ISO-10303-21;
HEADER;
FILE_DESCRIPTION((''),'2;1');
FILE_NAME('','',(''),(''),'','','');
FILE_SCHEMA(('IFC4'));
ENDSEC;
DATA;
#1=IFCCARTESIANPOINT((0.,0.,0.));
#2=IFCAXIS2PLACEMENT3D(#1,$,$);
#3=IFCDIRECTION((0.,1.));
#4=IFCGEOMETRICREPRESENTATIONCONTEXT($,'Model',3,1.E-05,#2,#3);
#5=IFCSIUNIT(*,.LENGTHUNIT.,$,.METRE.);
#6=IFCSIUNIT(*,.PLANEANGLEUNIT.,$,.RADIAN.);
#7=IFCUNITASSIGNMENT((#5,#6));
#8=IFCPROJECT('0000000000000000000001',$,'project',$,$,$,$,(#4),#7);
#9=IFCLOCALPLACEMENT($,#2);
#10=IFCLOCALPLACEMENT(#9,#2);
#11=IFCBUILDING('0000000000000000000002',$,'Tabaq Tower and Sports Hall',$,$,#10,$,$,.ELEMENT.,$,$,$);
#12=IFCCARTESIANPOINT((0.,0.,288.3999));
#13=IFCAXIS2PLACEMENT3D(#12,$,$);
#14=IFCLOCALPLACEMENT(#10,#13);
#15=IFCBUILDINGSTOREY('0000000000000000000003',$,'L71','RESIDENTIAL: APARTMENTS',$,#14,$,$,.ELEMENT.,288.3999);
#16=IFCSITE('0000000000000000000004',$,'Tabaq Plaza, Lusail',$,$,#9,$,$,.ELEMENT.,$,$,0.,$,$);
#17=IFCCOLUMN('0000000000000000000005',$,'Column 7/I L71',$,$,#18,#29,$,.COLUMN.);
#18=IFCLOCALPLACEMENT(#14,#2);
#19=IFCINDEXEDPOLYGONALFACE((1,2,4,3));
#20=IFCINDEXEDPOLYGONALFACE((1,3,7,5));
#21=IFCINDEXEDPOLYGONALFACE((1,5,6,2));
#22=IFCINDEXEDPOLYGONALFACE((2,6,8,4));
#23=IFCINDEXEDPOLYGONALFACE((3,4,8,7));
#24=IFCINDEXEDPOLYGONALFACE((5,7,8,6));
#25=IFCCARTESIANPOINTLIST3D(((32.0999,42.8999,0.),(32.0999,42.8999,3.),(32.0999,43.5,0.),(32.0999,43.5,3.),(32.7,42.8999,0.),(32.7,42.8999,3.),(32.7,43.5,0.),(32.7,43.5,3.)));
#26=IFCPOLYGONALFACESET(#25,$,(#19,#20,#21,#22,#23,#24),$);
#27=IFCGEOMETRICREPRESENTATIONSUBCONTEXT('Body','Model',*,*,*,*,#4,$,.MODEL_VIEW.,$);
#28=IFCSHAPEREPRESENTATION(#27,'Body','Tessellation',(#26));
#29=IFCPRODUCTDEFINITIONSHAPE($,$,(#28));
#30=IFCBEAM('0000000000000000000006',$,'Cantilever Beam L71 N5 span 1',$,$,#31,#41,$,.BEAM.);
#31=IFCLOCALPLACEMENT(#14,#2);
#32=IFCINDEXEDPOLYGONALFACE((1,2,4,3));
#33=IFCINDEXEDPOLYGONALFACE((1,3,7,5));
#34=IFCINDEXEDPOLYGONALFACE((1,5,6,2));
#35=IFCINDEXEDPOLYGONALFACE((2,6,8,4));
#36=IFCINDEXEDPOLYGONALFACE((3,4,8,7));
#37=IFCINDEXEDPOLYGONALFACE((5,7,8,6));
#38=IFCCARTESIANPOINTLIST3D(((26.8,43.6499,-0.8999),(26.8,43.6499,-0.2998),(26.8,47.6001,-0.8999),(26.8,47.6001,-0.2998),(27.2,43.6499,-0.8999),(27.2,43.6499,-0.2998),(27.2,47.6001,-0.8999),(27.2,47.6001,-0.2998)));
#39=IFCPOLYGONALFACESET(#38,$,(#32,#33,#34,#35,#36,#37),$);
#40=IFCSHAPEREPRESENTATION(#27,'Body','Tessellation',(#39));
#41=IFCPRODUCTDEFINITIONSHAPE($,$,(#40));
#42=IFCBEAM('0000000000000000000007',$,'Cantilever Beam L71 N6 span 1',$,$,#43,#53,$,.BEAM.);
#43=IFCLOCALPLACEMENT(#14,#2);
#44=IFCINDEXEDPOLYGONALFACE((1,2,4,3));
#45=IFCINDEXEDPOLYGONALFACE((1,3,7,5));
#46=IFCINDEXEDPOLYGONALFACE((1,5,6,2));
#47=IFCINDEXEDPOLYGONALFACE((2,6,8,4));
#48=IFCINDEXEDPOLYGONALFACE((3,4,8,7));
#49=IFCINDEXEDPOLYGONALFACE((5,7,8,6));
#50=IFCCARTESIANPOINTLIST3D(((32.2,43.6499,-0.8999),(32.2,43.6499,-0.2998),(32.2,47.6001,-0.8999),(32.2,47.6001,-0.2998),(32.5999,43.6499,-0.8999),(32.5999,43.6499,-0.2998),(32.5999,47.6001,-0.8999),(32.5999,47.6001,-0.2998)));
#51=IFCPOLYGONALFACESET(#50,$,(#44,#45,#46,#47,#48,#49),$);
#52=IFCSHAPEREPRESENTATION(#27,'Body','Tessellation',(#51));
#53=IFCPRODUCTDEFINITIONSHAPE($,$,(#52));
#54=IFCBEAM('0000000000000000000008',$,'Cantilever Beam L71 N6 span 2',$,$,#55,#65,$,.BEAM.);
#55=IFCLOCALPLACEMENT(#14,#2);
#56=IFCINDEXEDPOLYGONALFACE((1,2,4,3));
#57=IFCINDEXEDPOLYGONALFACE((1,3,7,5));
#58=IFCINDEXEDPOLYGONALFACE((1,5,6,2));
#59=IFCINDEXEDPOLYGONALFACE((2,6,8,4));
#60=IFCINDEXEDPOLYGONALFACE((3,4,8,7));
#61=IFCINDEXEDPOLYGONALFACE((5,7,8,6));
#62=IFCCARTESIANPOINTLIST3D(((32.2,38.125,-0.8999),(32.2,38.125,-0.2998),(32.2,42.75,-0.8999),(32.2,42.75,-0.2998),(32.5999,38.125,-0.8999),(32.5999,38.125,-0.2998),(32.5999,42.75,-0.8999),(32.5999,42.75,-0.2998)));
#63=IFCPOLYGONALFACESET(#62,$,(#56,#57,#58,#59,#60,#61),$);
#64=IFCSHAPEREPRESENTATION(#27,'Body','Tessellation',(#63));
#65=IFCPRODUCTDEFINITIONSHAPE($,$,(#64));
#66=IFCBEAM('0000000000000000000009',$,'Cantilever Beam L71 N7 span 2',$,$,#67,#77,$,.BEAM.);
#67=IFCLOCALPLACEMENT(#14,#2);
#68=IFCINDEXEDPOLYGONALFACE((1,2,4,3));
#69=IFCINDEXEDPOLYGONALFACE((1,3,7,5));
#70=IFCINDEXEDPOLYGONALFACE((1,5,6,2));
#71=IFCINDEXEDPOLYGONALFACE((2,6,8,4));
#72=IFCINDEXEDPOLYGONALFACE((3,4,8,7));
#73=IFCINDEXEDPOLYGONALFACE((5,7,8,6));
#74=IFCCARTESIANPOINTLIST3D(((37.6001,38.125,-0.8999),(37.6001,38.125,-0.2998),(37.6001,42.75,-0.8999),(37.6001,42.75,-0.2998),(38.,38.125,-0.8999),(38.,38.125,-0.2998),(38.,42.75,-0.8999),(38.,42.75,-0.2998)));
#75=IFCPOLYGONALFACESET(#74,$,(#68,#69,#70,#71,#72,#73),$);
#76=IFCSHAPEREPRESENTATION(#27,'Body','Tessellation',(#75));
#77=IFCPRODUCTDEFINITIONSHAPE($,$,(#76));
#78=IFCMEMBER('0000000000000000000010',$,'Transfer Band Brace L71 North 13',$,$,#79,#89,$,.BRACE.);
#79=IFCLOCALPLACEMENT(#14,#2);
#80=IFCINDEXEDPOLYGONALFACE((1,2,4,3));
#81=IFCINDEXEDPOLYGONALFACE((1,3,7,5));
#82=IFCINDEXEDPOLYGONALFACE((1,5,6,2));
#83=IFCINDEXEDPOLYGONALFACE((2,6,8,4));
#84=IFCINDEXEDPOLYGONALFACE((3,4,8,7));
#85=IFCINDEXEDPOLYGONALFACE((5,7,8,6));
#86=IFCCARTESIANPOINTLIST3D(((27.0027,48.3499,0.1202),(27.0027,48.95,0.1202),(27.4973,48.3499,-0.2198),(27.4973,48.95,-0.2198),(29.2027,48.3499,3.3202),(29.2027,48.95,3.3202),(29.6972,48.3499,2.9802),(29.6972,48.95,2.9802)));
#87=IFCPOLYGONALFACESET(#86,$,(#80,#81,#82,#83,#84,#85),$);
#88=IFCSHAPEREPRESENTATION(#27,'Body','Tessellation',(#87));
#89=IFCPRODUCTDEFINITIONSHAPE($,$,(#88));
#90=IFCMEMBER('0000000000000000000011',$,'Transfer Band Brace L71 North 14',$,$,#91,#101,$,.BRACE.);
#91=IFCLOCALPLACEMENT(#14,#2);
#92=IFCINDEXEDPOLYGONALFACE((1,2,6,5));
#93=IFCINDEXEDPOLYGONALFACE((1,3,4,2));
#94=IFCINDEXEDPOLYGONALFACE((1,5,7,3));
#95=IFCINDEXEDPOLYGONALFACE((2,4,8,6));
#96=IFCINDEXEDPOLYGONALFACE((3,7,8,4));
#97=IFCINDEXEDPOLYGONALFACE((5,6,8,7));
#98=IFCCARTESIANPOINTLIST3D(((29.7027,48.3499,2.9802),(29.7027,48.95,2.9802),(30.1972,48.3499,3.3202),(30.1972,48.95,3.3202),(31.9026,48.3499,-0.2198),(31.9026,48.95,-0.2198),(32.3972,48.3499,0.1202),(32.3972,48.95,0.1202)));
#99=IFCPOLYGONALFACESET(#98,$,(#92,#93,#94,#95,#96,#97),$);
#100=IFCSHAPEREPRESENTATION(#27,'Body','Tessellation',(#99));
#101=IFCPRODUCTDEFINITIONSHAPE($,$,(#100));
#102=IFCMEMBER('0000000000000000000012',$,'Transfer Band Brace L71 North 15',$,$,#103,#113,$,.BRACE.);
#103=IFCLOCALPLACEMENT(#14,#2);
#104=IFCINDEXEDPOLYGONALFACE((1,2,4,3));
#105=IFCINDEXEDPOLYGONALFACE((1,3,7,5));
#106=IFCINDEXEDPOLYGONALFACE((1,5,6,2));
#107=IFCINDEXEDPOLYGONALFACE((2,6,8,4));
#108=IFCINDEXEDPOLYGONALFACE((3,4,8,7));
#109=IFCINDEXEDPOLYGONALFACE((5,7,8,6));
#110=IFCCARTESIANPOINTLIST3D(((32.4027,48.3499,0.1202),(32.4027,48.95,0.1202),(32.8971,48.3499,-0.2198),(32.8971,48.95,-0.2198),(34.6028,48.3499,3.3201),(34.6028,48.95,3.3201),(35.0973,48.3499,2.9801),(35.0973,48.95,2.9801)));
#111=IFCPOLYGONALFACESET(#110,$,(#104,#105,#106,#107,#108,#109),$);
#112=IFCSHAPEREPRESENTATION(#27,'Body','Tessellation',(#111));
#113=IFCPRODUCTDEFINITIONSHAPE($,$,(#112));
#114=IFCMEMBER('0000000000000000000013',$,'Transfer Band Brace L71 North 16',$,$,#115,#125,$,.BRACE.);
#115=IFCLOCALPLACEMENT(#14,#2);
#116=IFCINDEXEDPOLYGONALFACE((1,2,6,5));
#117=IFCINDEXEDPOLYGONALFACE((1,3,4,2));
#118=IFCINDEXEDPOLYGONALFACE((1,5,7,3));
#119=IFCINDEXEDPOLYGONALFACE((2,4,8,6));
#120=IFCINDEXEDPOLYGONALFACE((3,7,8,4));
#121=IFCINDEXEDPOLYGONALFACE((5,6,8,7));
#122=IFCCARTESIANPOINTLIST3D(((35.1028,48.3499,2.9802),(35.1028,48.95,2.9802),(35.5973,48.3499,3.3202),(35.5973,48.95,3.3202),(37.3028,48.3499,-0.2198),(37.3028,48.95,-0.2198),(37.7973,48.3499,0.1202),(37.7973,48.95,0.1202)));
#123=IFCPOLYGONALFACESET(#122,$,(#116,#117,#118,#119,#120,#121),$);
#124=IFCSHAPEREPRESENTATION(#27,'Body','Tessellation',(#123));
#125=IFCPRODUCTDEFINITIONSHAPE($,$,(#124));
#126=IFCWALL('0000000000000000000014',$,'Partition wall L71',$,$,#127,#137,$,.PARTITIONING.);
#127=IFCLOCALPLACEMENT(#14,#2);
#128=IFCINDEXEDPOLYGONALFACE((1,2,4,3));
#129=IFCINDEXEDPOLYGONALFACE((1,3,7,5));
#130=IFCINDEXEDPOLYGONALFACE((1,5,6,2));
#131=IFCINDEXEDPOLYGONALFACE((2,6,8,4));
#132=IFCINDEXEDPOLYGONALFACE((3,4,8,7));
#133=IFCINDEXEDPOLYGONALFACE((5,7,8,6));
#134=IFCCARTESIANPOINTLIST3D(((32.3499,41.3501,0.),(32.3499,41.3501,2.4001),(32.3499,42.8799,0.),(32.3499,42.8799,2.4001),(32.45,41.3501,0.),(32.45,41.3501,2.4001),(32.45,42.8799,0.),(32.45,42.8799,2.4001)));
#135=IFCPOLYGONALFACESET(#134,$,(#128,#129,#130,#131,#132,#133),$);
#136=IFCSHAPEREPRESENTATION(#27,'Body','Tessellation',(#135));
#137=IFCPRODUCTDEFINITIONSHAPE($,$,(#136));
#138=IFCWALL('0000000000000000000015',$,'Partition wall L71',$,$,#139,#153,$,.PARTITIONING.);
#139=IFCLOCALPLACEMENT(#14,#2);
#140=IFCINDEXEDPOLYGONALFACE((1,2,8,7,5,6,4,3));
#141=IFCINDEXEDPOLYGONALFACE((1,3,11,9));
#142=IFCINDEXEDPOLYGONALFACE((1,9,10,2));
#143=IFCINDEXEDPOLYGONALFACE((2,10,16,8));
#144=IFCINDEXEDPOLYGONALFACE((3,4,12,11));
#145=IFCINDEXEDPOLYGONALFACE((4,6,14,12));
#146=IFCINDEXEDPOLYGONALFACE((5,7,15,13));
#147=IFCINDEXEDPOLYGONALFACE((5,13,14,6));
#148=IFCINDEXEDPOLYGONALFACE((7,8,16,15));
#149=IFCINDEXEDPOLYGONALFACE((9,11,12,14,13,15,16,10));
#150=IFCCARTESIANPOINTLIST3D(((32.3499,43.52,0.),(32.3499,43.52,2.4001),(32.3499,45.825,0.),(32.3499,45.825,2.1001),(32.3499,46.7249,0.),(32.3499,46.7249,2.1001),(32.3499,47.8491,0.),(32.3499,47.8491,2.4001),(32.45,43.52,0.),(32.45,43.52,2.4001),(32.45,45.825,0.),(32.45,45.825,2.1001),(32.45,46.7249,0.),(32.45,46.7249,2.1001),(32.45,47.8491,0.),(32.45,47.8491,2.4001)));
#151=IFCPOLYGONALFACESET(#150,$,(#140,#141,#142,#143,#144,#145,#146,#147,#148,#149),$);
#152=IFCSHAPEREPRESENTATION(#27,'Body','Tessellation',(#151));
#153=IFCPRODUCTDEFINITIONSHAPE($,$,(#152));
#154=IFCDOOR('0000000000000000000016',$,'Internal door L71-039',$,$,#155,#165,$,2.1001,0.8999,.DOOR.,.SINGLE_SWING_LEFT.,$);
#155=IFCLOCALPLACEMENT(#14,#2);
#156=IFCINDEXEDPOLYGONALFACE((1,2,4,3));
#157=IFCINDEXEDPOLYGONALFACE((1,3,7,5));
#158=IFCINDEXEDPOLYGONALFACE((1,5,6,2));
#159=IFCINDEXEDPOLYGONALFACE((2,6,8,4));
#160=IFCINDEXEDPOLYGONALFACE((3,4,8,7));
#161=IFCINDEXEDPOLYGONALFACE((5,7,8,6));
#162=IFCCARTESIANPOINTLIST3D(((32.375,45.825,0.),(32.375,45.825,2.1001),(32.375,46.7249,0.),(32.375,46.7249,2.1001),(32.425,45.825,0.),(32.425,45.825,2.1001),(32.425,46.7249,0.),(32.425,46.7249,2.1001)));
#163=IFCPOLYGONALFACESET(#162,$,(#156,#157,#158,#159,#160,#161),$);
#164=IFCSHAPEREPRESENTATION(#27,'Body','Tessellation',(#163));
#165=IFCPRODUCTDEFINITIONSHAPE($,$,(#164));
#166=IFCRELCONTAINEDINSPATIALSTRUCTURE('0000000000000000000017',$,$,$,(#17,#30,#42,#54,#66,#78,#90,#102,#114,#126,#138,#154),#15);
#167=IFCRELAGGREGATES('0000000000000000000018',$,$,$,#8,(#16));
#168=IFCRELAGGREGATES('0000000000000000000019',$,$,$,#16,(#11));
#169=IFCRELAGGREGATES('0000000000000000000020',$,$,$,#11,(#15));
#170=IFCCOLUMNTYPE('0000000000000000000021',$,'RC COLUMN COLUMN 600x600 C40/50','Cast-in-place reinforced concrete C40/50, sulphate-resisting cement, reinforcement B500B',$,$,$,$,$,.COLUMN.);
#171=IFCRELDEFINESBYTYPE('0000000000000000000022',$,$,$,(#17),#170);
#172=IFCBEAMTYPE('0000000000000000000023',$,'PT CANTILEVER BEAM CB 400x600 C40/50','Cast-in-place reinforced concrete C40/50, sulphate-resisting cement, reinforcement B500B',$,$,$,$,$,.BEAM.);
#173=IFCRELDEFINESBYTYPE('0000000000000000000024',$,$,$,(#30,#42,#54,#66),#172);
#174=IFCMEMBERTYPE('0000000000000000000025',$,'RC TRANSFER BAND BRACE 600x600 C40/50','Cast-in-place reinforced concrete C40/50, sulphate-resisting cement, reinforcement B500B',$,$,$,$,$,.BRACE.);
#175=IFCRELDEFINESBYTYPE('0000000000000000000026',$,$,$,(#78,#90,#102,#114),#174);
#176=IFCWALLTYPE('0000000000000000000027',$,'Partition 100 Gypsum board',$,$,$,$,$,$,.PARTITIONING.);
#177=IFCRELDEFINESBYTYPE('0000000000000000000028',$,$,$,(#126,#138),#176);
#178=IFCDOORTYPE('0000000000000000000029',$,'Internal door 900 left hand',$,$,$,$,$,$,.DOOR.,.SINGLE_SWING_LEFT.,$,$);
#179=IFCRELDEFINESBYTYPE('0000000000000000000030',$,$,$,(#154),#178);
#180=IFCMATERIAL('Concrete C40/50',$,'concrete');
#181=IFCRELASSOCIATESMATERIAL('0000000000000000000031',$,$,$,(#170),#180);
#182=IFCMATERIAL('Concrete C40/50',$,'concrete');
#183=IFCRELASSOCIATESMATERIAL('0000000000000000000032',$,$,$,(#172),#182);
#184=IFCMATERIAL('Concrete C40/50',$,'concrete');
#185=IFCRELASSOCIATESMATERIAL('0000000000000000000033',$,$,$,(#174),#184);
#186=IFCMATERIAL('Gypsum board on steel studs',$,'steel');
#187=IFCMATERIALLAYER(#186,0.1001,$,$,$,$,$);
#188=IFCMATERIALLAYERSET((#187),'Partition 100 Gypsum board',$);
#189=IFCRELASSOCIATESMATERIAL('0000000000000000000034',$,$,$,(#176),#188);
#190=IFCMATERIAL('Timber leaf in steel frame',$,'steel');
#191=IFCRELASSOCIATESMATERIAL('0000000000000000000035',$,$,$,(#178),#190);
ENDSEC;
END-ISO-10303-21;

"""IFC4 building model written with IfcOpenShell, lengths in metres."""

from ifc_helpers import new_model, si_unit, direction, frame, frame_2d, origin, origin_2d, place, context, subcontext, project, spatial, rectangle, extrude, material, layer, layer_set, material_profile, profile_set, type_object, element, fill, save


model = new_model("IFC4")

# Units and contexts
model_context = context("Model", 3, precision=1e-05, world=origin(), true_north=direction((0.0, 1.0)))
body_context = subcontext(model_context, "Body", "Model", "MODEL_VIEW")
ifc_project = project(units=[si_unit("LENGTHUNIT", "METRE"), si_unit("PLANEANGLEUNIT", "RADIAN")], contexts=[model_context])

# Site, building, storey
site_placement = place(None, origin())
site = spatial("IfcSite", under=ifc_project, at=site_placement, Name="Tabaq Plaza, Lusail", CompositionType="ELEMENT", RefElevation=0.0)
building_placement = place(site_placement, origin())
building = spatial("IfcBuilding", under=site, at=building_placement, Name="Tabaq Tower and Sports Hall", CompositionType="ELEMENT")
storey_placement = place(building_placement, frame((0.0, 0.0, 288.3999)))
storey = spatial("IfcBuildingStorey", under=building, at=storey_placement, Name="L71", Description="RESIDENTIAL: APARTMENTS", CompositionType="ELEMENT", Elevation=288.3999)

# Column
ifc_material_1 = material(Name="Concrete C40/50", Category="concrete")
ifc_material_profile_1 = material_profile(ifc_material_1, rectangle(XDim=0.6001, YDim=0.6001, at=origin_2d()), Name="COLUMN 600x600")
ifc_profile_set_1 = profile_set([ifc_material_profile_1], Name="Concrete C40/50")
column_type = type_object("IfcColumnType", Name="RC COLUMN COLUMN 600x600 C40/50", Description="Cast-in-place reinforced concrete C40/50, sulphate-resisting cement, reinforcement B500B", PredefinedType="COLUMN", material=ifc_profile_set_1)
column_placement = place(storey_placement, frame((32.3999, 43.2, 0.0), z_axis=(0.0, 0.0, 1.0), x_axis=(1.0, 0.0, 0.0)))
element("IfcColumn", 1, at=column_placement, inside=storey, type_object=column_type, Name="Column 7/I L71", PredefinedType="COLUMN", context=body_context, shape_type="SweptSolid", body=[
    extrude(rectangle(XDim=0.6001, YDim=0.6001, at=origin_2d()), origin(), (0.0, 0.0, 1.0), 3.0),
])

# Beams
ifc_material_2 = material(Name="Concrete C40/50", Category="concrete")
ifc_material_profile_2 = material_profile(ifc_material_2, rectangle(XDim=0.3999, YDim=0.6001, at=origin_2d()), Name="CB 400x600")
ifc_profile_set_2 = profile_set([ifc_material_profile_2], Name="Concrete C40/50")
beam_type = type_object("IfcBeamType", Name="PT CANTILEVER BEAM CB 400x600 C40/50", Description="Cast-in-place reinforced concrete C40/50, sulphate-resisting cement, reinforcement B500B", PredefinedType="BEAM", material=ifc_profile_set_2)
for number, where, z_axis, x_axis, name in (
    (2, (27.0, 47.6001, -0.5999), (0.0, -1.0, 0.0), (1.0, 0.0, 0.0), "Cantilever Beam L71 N5 span 1"),
    (3, (32.3999, 47.6001, -0.5999), (0.0, -1.0, 0.0), (1.0, 0.0, 0.0), "Cantilever Beam L71 N6 span 1"),
):
    element("IfcBeam", number, at=place(storey_placement, frame(where, z_axis=z_axis, x_axis=x_axis)), inside=storey, type_object=beam_type, Name=name, PredefinedType="BEAM", context=body_context, shape_type="SweptSolid", body=[
        extrude(rectangle(XDim=0.3999, YDim=0.6001, at=origin_2d()), origin(), (0.0, 0.0, 1.0), 3.9502),
    ])
for number, where, z_axis, x_axis, name in (
    (4, (32.3999, 42.75, -0.5999), (0.0, -1.0, 0.0), (1.0, 0.0, 0.0), "Cantilever Beam L71 N6 span 2"),
    (5, (37.8, 42.75, -0.5999), (0.0, -1.0, 0.0), (1.0, 0.0, 0.0), "Cantilever Beam L71 N7 span 2"),
):
    element("IfcBeam", number, at=place(storey_placement, frame(where, z_axis=z_axis, x_axis=x_axis)), inside=storey, type_object=beam_type, Name=name, PredefinedType="BEAM", context=body_context, shape_type="SweptSolid", body=[
        extrude(rectangle(XDim=0.3999, YDim=0.6001, at=origin_2d()), origin(), (0.0, 0.0, 1.0), 4.625),
    ])

# Members
ifc_material_3 = material(Name="Concrete C40/50", Category="concrete")
ifc_material_profile_3 = material_profile(ifc_material_3, rectangle(XDim=0.6001, YDim=0.6001, at=origin_2d()), Name="TRANSFER BAND BRACE 600x600")
ifc_profile_set_3 = profile_set([ifc_material_profile_3], Name="Concrete C40/50")
member_type = type_object("IfcMemberType", Name="RC TRANSFER BAND BRACE 600x600 C40/50", Description="Cast-in-place reinforced concrete C40/50, sulphate-resisting cement, reinforcement B500B", PredefinedType="BRACE", material=ifc_profile_set_3)
for number, where, z_axis, x_axis, name in (
    (6, (27.25, 48.6499, -0.0498), (0.566526, 0.0, 0.824044), (0.0, 1.0, 0.0), "Transfer Band Brace L71 North 13"),
    (7, (32.1499, 48.6499, -0.0498), (-0.566526, 0.0, 0.824044), (0.0, -1.0, 0.0), "Transfer Band Brace L71 North 14"),
    (8, (32.6499, 48.6499, -0.0498), (0.566569, 0.0, 0.824014), (0.0, 1.0, 0.0), "Transfer Band Brace L71 North 15"),
    (9, (37.55, 48.6499, -0.0498), (-0.566526, 0.0, 0.824044), (0.0, -1.0, 0.0), "Transfer Band Brace L71 North 16"),
):
    element("IfcMember", number, at=place(storey_placement, frame(where, z_axis=z_axis, x_axis=x_axis)), inside=storey, type_object=member_type, Name=name, PredefinedType="BRACE", context=body_context, shape_type="SweptSolid", body=[
        extrude(rectangle(XDim=0.6001, YDim=0.6001, at=origin_2d()), origin(), (0.0, 0.0, 1.0), 3.8833),
    ])

# Wall
ifc_material_4 = material(Name="Gypsum board on steel studs", Category="steel")
ifc_layer_1 = layer(ifc_material_4, 0.1001)
ifc_layer_set_1 = layer_set([ifc_layer_1], Name="Partition 100 Gypsum board")
wall_type_1 = type_object("IfcWallType", Name="Partition 100 Gypsum board", PredefinedType="PARTITIONING", material=ifc_layer_set_1)
wall_1_placement = place(storey_placement, frame((32.3999, 41.3501, 0.0), z_axis=(0.0, 0.0, 1.0), x_axis=(0.0, 1.0, 0.0)))
element("IfcWall", 10, at=wall_1_placement, inside=storey, type_object=wall_type_1, Name="Partition wall L71", PredefinedType="PARTITIONING", context=body_context, shape_type="SweptSolid", body=[
    extrude(rectangle(XDim=1.5298, YDim=0.1001, at=frame_2d((0.7649, 0.0))), origin(), (0.0, 0.0, 1.0), 2.4001),
])

# Wall, opening, door
wall_2_placement = place(storey_placement, frame((32.3999, 43.52, 0.0), z_axis=(0.0, 0.0, 1.0), x_axis=(0.0, 1.0, 0.0)))
wall_2 = element("IfcWall", 11, at=wall_2_placement, inside=storey, type_object=wall_type_1, Name="Partition wall L71", PredefinedType="PARTITIONING", context=body_context, shape_type="SweptSolid", body=[
    extrude(rectangle(XDim=4.3291, YDim=0.1001, at=frame_2d((2.1646, 0.0))), origin(), (0.0, 0.0, 1.0), 2.4001),
])
opening_1_placement = place(wall_2_placement, frame((2.3049, 0.0, 0.0)))
opening_1 = element("IfcOpeningElement", 12, at=opening_1_placement, cuts=wall_2, PredefinedType="OPENING", context=body_context, shape_type="SweptSolid", body=[
    extrude(rectangle(XDim=0.8999, YDim=2.1001, at=frame_2d((0.45, 1.05))), frame((0.0, 0.05, 0.0), z_axis=(0.0, -1.0, 0.0), x_axis=(1.0, 0.0, 0.0)), (0.0, 0.0, 1.0), 0.1001),
])
ifc_material_5 = material(Name="Timber leaf in steel frame", Category="steel")
door_type_1 = type_object("IfcDoorType", Name="Internal door 900 left hand", OperationType="SINGLE_SWING_LEFT", PredefinedType="DOOR", material=ifc_material_5)
door_1_placement = place(opening_1_placement, origin())
door_1 = element("IfcDoor", 13, at=door_1_placement, inside=storey, type_object=door_type_1, Name="Internal door L71-039", OperationType="SINGLE_SWING_LEFT", OverallHeight=2.1001, OverallWidth=0.8999, PredefinedType="DOOR", context=body_context, shape_type="SweptSolid", body=[
    extrude(rectangle(XDim=0.8999, YDim=2.1001, at=frame_2d((0.45, 1.05))), frame((0.0, 0.0249, 0.0), z_axis=(0.0, -1.0, 0.0), x_axis=(1.0, 0.0, 0.0)), (0.0, 0.0, 1.0), 0.05),
])
fill(opening_1, door_1)

save(model, "model.ifc")
